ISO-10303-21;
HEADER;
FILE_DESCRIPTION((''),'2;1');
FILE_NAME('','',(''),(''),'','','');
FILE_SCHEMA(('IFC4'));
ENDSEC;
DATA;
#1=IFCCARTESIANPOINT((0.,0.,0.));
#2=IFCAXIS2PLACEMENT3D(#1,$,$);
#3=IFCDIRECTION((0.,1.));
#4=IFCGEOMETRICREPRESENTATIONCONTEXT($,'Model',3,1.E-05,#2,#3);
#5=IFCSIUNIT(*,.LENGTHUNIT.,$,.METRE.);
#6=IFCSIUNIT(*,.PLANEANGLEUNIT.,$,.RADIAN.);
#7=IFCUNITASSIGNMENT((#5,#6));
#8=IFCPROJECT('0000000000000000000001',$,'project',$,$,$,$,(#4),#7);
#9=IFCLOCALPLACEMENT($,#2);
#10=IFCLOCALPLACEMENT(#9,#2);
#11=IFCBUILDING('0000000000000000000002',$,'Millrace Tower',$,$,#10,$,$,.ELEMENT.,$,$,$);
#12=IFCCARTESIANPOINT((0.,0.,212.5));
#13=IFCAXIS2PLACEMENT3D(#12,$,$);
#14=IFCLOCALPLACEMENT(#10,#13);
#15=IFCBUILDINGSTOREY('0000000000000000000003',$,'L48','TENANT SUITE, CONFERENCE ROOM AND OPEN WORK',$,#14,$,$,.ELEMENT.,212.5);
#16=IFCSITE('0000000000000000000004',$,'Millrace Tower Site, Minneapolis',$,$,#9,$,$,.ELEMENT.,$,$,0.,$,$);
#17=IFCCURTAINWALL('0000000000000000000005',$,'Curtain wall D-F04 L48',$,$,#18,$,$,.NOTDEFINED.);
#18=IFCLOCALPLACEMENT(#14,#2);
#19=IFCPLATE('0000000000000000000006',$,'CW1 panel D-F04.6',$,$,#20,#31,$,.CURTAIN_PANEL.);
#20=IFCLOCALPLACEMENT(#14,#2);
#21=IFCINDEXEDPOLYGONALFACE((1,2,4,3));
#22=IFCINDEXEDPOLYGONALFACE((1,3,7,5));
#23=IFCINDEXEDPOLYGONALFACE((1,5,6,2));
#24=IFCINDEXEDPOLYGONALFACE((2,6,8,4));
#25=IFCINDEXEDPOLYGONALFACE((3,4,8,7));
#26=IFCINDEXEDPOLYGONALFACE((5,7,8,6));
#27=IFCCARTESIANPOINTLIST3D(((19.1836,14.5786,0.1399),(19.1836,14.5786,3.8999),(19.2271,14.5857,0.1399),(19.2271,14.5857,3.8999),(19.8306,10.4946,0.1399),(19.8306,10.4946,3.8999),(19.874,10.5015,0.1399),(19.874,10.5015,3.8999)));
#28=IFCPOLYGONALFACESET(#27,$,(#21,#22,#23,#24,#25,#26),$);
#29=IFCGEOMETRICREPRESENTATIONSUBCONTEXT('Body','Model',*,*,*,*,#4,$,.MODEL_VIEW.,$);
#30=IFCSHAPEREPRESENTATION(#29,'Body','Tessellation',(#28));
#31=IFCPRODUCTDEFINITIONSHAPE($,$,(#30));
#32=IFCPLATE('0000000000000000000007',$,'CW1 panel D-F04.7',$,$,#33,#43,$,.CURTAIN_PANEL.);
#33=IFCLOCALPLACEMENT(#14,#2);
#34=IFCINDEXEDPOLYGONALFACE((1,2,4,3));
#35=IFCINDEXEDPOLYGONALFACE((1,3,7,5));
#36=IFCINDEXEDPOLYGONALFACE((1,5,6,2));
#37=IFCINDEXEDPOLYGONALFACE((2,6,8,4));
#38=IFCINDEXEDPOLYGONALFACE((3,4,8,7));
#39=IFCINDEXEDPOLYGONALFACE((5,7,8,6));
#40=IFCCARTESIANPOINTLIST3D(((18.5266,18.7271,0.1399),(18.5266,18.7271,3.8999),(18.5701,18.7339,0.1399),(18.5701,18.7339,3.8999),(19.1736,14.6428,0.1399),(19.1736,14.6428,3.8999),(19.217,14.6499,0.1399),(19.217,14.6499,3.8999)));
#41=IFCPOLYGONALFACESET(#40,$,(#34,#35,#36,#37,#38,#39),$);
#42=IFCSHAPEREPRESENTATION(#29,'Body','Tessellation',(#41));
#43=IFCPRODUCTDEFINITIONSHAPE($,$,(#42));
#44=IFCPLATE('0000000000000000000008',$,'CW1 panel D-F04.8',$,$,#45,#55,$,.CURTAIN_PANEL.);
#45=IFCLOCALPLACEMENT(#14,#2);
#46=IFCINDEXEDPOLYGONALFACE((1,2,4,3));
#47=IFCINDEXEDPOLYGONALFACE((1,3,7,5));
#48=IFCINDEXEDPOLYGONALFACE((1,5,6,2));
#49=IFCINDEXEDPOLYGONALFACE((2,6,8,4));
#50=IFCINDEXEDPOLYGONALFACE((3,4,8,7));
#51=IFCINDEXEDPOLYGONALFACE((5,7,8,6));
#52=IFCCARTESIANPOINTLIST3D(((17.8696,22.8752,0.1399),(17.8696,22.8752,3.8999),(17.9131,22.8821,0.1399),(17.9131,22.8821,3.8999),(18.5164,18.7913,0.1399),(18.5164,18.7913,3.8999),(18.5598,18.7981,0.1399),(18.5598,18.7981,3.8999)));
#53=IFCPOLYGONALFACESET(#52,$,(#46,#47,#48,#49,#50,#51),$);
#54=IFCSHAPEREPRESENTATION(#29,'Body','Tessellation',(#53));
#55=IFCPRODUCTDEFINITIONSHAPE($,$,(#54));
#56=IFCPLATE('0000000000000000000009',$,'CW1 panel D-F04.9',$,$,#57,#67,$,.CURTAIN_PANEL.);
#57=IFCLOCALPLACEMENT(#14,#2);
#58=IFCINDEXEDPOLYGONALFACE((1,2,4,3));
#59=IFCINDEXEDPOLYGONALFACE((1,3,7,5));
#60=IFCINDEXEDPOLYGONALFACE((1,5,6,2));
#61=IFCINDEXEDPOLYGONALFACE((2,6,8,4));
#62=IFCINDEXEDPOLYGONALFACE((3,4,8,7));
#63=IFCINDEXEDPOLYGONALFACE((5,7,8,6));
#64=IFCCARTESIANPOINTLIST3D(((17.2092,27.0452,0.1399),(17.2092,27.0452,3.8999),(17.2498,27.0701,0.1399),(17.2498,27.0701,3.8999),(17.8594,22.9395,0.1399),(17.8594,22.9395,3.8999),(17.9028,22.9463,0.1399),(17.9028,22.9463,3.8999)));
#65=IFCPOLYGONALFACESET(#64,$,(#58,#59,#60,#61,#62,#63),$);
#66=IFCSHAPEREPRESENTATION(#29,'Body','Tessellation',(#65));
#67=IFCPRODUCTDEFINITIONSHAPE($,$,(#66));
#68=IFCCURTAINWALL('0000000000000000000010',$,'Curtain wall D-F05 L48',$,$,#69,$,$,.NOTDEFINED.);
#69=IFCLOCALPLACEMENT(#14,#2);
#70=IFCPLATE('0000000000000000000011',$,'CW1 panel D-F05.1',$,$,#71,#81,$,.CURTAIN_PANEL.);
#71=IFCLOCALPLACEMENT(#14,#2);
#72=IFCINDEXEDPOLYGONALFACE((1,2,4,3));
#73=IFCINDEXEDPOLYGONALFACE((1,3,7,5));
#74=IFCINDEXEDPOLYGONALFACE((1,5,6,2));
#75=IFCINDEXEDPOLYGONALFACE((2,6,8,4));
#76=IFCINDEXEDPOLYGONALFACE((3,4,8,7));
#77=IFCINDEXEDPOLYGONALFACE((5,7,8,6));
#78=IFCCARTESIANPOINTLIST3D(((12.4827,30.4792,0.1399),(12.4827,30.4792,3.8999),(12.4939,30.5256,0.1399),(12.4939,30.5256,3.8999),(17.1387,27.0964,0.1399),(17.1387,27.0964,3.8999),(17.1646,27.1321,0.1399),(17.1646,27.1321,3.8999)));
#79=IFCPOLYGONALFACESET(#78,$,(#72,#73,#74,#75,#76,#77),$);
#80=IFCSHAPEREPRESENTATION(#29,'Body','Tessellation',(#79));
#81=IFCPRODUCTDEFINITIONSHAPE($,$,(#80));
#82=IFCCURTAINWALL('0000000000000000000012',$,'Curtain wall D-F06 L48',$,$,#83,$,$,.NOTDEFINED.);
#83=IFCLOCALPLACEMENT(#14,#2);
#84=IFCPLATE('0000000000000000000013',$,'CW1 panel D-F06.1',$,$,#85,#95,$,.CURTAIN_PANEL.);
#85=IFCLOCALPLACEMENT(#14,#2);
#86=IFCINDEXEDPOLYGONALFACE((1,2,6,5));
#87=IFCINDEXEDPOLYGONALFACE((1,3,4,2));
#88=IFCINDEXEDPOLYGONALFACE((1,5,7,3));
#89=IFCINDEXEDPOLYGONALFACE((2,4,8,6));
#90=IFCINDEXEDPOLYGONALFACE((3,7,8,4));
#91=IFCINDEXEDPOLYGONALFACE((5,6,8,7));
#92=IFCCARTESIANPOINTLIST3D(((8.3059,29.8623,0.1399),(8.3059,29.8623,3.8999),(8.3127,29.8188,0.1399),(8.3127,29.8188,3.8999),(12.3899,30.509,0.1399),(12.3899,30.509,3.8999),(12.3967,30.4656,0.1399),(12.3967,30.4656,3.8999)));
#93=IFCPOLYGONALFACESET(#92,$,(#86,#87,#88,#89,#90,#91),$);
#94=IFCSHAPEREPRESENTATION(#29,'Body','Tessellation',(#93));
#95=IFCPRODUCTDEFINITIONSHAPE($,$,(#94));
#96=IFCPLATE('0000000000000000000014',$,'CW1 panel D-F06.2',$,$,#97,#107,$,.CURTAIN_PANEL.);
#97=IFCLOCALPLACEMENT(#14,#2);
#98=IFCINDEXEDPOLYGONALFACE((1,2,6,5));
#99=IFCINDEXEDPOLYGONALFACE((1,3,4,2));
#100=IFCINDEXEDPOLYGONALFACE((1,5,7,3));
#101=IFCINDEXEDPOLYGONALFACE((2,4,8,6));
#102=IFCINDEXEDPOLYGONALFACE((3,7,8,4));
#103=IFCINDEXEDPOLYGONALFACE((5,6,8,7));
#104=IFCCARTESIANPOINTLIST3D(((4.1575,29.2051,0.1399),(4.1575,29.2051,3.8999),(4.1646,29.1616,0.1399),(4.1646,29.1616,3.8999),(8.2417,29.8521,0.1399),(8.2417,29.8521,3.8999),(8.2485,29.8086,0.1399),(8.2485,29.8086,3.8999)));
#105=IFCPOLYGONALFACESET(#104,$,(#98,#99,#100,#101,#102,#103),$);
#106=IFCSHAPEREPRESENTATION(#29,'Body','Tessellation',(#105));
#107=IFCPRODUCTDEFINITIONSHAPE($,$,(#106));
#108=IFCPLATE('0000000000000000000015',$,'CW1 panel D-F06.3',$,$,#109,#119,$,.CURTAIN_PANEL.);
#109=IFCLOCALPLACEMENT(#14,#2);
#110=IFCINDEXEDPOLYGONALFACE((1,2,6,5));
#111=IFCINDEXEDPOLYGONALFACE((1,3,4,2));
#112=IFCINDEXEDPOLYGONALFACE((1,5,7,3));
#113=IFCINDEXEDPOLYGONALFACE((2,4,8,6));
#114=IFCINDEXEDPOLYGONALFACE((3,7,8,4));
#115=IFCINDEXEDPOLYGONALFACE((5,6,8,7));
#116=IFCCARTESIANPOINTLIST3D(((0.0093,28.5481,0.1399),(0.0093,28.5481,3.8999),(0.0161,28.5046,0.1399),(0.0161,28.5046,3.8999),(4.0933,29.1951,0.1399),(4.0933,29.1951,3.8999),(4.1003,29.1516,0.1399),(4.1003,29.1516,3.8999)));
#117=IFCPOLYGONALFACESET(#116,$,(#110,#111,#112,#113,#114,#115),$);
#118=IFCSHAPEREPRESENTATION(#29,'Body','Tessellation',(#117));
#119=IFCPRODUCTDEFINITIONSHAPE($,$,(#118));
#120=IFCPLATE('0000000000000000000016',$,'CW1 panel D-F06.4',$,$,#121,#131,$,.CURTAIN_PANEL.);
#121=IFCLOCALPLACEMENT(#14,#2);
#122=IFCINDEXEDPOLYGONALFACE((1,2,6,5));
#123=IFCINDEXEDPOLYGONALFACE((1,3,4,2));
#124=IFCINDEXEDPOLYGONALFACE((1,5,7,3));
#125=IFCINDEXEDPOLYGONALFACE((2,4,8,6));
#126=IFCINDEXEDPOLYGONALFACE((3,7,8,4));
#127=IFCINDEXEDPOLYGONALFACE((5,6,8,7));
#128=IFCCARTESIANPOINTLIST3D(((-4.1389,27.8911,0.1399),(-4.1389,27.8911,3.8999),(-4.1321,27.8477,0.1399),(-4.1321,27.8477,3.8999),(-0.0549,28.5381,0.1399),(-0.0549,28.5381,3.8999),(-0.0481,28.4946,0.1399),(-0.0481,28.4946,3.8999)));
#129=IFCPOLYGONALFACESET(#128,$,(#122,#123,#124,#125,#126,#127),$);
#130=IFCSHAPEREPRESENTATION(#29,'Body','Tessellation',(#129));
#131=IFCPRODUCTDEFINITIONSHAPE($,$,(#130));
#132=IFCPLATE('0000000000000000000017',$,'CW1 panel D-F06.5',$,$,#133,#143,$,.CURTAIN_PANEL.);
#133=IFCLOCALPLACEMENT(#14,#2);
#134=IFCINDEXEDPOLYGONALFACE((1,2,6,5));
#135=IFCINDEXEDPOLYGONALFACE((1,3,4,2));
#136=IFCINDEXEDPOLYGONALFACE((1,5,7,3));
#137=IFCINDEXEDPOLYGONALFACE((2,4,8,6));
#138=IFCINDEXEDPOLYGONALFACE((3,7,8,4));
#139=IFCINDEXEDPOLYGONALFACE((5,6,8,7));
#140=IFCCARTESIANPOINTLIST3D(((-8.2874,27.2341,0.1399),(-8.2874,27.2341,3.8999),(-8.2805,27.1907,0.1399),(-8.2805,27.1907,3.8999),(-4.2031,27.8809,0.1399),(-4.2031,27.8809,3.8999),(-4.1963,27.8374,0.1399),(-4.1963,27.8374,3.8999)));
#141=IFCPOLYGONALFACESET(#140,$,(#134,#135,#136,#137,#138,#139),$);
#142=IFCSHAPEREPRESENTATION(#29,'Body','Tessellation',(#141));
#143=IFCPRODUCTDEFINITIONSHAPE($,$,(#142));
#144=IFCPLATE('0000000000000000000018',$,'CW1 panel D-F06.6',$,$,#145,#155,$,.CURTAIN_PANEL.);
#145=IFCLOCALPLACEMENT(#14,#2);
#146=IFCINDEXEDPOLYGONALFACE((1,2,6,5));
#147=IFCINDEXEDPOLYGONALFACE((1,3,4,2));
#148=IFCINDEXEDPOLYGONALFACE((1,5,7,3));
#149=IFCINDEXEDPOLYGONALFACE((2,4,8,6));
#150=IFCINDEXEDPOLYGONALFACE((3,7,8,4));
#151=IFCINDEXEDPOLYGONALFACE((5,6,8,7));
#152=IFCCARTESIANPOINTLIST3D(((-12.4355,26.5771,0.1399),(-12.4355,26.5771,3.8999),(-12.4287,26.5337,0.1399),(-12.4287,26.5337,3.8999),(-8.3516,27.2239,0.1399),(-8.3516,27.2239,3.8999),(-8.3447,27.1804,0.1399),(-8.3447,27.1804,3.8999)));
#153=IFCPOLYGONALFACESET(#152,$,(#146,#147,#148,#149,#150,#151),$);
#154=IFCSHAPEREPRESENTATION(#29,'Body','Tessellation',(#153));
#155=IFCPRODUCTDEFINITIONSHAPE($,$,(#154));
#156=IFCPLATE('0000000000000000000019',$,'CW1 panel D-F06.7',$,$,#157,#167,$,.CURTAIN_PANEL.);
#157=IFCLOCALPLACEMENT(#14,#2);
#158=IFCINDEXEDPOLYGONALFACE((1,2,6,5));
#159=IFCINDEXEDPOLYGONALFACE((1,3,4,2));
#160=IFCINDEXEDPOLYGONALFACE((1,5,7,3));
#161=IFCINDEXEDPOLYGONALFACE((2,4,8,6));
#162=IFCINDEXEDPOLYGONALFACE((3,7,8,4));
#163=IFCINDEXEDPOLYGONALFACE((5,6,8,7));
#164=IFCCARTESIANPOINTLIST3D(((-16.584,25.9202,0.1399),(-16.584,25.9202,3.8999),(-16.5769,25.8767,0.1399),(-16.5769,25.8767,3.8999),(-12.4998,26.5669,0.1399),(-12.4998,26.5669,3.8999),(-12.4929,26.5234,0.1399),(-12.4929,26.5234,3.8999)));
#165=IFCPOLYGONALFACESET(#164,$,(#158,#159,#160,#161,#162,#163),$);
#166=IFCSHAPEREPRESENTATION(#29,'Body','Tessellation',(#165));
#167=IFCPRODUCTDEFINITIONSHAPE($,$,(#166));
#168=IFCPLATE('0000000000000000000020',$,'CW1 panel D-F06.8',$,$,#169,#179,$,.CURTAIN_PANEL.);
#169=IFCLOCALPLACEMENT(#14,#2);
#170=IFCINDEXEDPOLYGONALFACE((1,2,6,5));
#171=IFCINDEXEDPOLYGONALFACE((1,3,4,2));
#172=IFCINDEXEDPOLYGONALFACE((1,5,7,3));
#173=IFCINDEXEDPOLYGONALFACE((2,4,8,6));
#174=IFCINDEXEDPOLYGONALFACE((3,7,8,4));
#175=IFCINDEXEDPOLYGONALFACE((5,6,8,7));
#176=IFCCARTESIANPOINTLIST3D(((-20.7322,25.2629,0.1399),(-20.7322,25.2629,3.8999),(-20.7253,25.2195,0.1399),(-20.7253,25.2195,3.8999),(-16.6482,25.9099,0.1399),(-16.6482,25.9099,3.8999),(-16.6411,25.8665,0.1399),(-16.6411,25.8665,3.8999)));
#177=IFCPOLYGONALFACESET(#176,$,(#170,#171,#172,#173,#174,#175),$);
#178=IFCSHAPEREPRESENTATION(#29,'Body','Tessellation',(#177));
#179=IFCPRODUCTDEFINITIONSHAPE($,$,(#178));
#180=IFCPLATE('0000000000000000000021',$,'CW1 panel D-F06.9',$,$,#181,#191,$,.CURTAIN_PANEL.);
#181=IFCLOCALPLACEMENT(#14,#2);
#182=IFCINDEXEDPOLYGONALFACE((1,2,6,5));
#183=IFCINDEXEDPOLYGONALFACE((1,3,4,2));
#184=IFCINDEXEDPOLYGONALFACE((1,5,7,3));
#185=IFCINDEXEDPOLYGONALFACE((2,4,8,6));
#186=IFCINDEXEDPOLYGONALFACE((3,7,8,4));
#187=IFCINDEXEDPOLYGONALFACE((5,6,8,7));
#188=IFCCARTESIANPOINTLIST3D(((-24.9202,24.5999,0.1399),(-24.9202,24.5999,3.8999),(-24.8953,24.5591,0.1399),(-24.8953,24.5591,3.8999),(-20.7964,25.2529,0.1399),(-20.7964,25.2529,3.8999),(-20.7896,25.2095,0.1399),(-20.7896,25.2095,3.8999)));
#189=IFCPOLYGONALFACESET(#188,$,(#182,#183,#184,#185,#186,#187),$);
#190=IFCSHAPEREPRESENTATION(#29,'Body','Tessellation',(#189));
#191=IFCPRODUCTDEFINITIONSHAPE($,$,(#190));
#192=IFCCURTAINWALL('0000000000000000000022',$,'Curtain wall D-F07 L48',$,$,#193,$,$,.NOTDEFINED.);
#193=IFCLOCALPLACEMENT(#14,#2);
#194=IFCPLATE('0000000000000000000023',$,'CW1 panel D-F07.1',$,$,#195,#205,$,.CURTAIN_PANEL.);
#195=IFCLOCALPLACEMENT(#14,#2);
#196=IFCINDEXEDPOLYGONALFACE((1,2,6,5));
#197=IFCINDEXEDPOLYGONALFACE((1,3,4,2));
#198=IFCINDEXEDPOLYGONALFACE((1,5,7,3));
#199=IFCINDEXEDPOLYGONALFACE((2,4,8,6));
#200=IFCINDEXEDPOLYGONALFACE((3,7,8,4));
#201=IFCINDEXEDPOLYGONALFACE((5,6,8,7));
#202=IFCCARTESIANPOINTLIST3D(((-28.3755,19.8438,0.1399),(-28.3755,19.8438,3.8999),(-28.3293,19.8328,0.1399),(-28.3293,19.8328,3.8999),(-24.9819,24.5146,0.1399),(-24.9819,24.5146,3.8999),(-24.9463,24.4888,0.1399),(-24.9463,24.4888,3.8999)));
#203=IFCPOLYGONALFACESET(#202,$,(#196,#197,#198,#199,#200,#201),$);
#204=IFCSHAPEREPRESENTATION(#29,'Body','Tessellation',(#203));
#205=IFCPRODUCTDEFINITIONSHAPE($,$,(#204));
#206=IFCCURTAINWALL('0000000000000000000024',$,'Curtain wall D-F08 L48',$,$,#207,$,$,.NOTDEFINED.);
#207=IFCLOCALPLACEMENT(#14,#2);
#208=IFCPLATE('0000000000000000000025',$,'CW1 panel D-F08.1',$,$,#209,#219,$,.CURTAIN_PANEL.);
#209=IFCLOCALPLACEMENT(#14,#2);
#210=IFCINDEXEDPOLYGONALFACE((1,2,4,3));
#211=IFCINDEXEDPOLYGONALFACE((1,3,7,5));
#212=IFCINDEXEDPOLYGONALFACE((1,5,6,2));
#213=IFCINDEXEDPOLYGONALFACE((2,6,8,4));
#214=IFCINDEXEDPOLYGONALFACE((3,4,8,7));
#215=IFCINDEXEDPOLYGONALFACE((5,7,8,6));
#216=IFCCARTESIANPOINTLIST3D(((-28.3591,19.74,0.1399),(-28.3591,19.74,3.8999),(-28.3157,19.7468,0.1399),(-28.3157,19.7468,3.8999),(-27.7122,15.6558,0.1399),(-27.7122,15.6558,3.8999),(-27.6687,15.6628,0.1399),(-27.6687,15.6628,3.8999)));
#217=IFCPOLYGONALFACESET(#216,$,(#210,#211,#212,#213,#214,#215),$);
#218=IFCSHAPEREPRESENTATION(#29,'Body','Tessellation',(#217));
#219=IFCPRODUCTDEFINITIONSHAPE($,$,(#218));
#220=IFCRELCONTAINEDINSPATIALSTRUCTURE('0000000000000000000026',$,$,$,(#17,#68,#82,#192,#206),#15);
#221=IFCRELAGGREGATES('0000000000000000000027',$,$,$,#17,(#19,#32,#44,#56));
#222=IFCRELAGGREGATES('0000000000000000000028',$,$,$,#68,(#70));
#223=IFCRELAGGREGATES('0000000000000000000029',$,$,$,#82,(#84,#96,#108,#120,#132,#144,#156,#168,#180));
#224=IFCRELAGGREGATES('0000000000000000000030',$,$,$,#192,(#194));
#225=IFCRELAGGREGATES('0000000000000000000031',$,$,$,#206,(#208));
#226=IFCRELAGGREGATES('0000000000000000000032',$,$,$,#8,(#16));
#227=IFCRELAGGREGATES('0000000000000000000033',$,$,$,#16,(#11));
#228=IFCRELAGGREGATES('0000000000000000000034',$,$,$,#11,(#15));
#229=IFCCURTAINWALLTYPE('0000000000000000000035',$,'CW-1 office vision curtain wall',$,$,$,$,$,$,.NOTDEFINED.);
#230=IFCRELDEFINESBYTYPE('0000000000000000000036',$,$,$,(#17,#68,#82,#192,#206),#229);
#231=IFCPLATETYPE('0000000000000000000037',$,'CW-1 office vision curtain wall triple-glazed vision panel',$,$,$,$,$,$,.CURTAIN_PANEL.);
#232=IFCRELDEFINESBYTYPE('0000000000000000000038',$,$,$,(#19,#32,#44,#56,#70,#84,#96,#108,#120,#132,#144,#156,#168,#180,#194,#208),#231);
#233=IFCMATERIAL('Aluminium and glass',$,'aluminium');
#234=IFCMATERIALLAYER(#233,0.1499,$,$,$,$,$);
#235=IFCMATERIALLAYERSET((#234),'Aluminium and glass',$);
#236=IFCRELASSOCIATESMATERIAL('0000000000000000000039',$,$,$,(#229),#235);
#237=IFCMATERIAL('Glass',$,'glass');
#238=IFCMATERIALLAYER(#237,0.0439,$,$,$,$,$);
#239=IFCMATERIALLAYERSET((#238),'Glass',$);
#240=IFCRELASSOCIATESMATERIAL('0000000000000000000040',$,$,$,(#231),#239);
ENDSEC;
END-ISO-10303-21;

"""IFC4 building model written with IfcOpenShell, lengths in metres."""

from ifc_helpers import new_model, si_unit, direction, frame, origin, place, context, subcontext, project, spatial, polyline, outline, extrude, material, layer, layer_set, type_object, element, aggregate, save


model = new_model("IFC4")

# Units and contexts
model_context = context("Model", 3, precision=1e-05, world=origin(), true_north=direction((0.0, 1.0)))
body_context = subcontext(model_context, "Body", "Model", "MODEL_VIEW")
ifc_project = project(units=[si_unit("LENGTHUNIT", "METRE"), si_unit("PLANEANGLEUNIT", "RADIAN")], contexts=[model_context])

# Site, building, storey
site_placement = place(None, origin())
site = spatial("IfcSite", under=ifc_project, at=site_placement, Name="Millrace Tower Site, Minneapolis", CompositionType="ELEMENT", RefElevation=0.0)
building_placement = place(site_placement, origin())
building = spatial("IfcBuilding", under=site, at=building_placement, Name="Millrace Tower", CompositionType="ELEMENT")
storey_placement = place(building_placement, frame((0.0, 0.0, 212.5)))
storey = spatial("IfcBuildingStorey", under=building, at=storey_placement, Name="L48", Description="TENANT SUITE, CONFERENCE ROOM AND OPEN WORK", CompositionType="ELEMENT", Elevation=212.5)

# Curtain wall, plates
ifc_material_1 = material(Name="Aluminium and glass", Category="aluminium")
ifc_layer_1 = layer(ifc_material_1, 0.1499)
ifc_layer_set_1 = layer_set([ifc_layer_1], Name="Aluminium and glass")
curtain_wall_type = type_object("IfcCurtainWallType", Name="CW-1 office vision curtain wall", PredefinedType="NOTDEFINED", material=ifc_layer_set_1)
placement_1 = place(storey_placement, origin())
curtain_wall_1 = element("IfcCurtainWall", 1, at=placement_1, inside=storey, type_object=curtain_wall_type, Name="Curtain wall D-F04 L48", PredefinedType="NOTDEFINED")
ifc_material_2 = material(Name="Glass", Category="glass")
ifc_layer_2 = layer(ifc_material_2, 0.0439)
ifc_layer_set_2 = layer_set([ifc_layer_2], Name="Glass")
plate_type = type_object("IfcPlateType", Name="CW-1 office vision curtain wall triple-glazed vision panel", PredefinedType="CURTAIN_PANEL", material=ifc_layer_set_2)
placement_2 = place(storey_placement, frame((0.0, 0.0, 0.1399)))
plate_1 = element("IfcPlate", 2, at=placement_2, type_object=plate_type, Name="CW1 panel D-F04.6", PredefinedType="CURTAIN_PANEL", context=body_context, shape_type="SweptSolid", body=[
    extrude(outline(polyline([(19.874, 10.5015), (19.2271, 14.5857), (19.1836, 14.5786), (19.8306, 10.4946), (19.874, 10.5015)])), origin(), (0.0, 0.0, 1.0), 3.76),
])
plate_2 = element("IfcPlate", 3, at=placement_2, type_object=plate_type, Name="CW1 panel D-F04.7", PredefinedType="CURTAIN_PANEL", context=body_context, shape_type="SweptSolid", body=[
    extrude(outline(polyline([(19.217, 14.6499), (18.5701, 18.7339), (18.5266, 18.7271), (19.1736, 14.6428), (19.217, 14.6499)])), origin(), (0.0, 0.0, 1.0), 3.76),
])
plate_3 = element("IfcPlate", 4, at=placement_2, type_object=plate_type, Name="CW1 panel D-F04.8", PredefinedType="CURTAIN_PANEL", context=body_context, shape_type="SweptSolid", body=[
    extrude(outline(polyline([(18.5598, 18.7981), (17.9131, 22.8821), (17.8696, 22.8752), (18.5164, 18.7913), (18.5598, 18.7981)])), origin(), (0.0, 0.0, 1.0), 3.76),
])
plate_4 = element("IfcPlate", 5, at=placement_2, type_object=plate_type, Name="CW1 panel D-F04.9", PredefinedType="CURTAIN_PANEL", context=body_context, shape_type="SweptSolid", body=[
    extrude(outline(polyline([(17.9028, 22.9463), (17.2498, 27.0701), (17.2092, 27.0452), (17.8594, 22.9395), (17.9028, 22.9463)])), origin(), (0.0, 0.0, 1.0), 3.76),
])
aggregate(curtain_wall_1, [plate_1, plate_2, plate_3, plate_4])

# Curtain wall, plate
curtain_wall_2 = element("IfcCurtainWall", 6, at=placement_1, inside=storey, type_object=curtain_wall_type, Name="Curtain wall D-F05 L48", PredefinedType="NOTDEFINED")
plate_5 = element("IfcPlate", 7, at=placement_2, type_object=plate_type, Name="CW1 panel D-F05.1", PredefinedType="CURTAIN_PANEL", context=body_context, shape_type="SweptSolid", body=[
    extrude(outline(polyline([(17.1646, 27.1321), (12.4939, 30.5256), (12.4827, 30.4792), (17.1387, 27.0964), (17.1646, 27.1321)])), origin(), (0.0, 0.0, 1.0), 3.76),
])
aggregate(curtain_wall_2, [plate_5])

# Curtain wall, plates
curtain_wall_3 = element("IfcCurtainWall", 8, at=placement_1, inside=storey, type_object=curtain_wall_type, Name="Curtain wall D-F06 L48", PredefinedType="NOTDEFINED")
plate_6 = element("IfcPlate", 9, at=placement_2, type_object=plate_type, Name="CW1 panel D-F06.1", PredefinedType="CURTAIN_PANEL", context=body_context, shape_type="SweptSolid", body=[
    extrude(outline(polyline([(12.3899, 30.509), (8.3059, 29.8623), (8.3127, 29.8188), (12.3967, 30.4656), (12.3899, 30.509)])), origin(), (0.0, 0.0, 1.0), 3.76),
])
plate_7 = element("IfcPlate", 10, at=placement_2, type_object=plate_type, Name="CW1 panel D-F06.2", PredefinedType="CURTAIN_PANEL", context=body_context, shape_type="SweptSolid", body=[
    extrude(outline(polyline([(8.2417, 29.8521), (4.1575, 29.2051), (4.1646, 29.1616), (8.2485, 29.8086), (8.2417, 29.8521)])), origin(), (0.0, 0.0, 1.0), 3.76),
])
plate_8 = element("IfcPlate", 11, at=placement_2, type_object=plate_type, Name="CW1 panel D-F06.3", PredefinedType="CURTAIN_PANEL", context=body_context, shape_type="SweptSolid", body=[
    extrude(outline(polyline([(4.0933, 29.1951), (0.0093, 28.5481), (0.0161, 28.5046), (4.1003, 29.1516), (4.0933, 29.1951)])), origin(), (0.0, 0.0, 1.0), 3.76),
])
plate_9 = element("IfcPlate", 12, at=placement_2, type_object=plate_type, Name="CW1 panel D-F06.4", PredefinedType="CURTAIN_PANEL", context=body_context, shape_type="SweptSolid", body=[
    extrude(outline(polyline([(-0.0549, 28.5381), (-4.1389, 27.8911), (-4.1321, 27.8477), (-0.0481, 28.4946), (-0.0549, 28.5381)])), origin(), (0.0, 0.0, 1.0), 3.76),
])
plate_10 = element("IfcPlate", 13, at=placement_2, type_object=plate_type, Name="CW1 panel D-F06.5", PredefinedType="CURTAIN_PANEL", context=body_context, shape_type="SweptSolid", body=[
    extrude(outline(polyline([(-4.2031, 27.8809), (-8.2874, 27.2341), (-8.2805, 27.1907), (-4.1963, 27.8374), (-4.2031, 27.8809)])), origin(), (0.0, 0.0, 1.0), 3.76),
])
plate_11 = element("IfcPlate", 14, at=placement_2, type_object=plate_type, Name="CW1 panel D-F06.6", PredefinedType="CURTAIN_PANEL", context=body_context, shape_type="SweptSolid", body=[
    extrude(outline(polyline([(-8.3516, 27.2239), (-12.4355, 26.5771), (-12.4287, 26.5337), (-8.3447, 27.1804), (-8.3516, 27.2239)])), origin(), (0.0, 0.0, 1.0), 3.76),
])
plate_12 = element("IfcPlate", 15, at=placement_2, type_object=plate_type, Name="CW1 panel D-F06.7", PredefinedType="CURTAIN_PANEL", context=body_context, shape_type="SweptSolid", body=[
    extrude(outline(polyline([(-12.4998, 26.5669), (-16.584, 25.9202), (-16.5769, 25.8767), (-12.4929, 26.5234), (-12.4998, 26.5669)])), origin(), (0.0, 0.0, 1.0), 3.76),
])
plate_13 = element("IfcPlate", 16, at=placement_2, type_object=plate_type, Name="CW1 panel D-F06.8", PredefinedType="CURTAIN_PANEL", context=body_context, shape_type="SweptSolid", body=[
    extrude(outline(polyline([(-16.6482, 25.9099), (-20.7322, 25.2629), (-20.7253, 25.2195), (-16.6411, 25.8665), (-16.6482, 25.9099)])), origin(), (0.0, 0.0, 1.0), 3.76),
])
plate_14 = element("IfcPlate", 17, at=placement_2, type_object=plate_type, Name="CW1 panel D-F06.9", PredefinedType="CURTAIN_PANEL", context=body_context, shape_type="SweptSolid", body=[
    extrude(outline(polyline([(-20.7964, 25.2529), (-24.9202, 24.5999), (-24.8953, 24.5591), (-20.7896, 25.2095), (-20.7964, 25.2529)])), origin(), (0.0, 0.0, 1.0), 3.76),
])
aggregate(curtain_wall_3, [plate_6, plate_7, plate_8, plate_9, plate_10, plate_11, plate_12, plate_13, plate_14])

# Curtain wall, plate
curtain_wall_4 = element("IfcCurtainWall", 18, at=placement_1, inside=storey, type_object=curtain_wall_type, Name="Curtain wall D-F07 L48", PredefinedType="NOTDEFINED")
plate_15 = element("IfcPlate", 19, at=placement_2, type_object=plate_type, Name="CW1 panel D-F07.1", PredefinedType="CURTAIN_PANEL", context=body_context, shape_type="SweptSolid", body=[
    extrude(outline(polyline([(-24.9819, 24.5146), (-28.3755, 19.8438), (-28.3293, 19.8328), (-24.9463, 24.4888), (-24.9819, 24.5146)])), origin(), (0.0, 0.0, 1.0), 3.76),
])
aggregate(curtain_wall_4, [plate_15])

# Curtain wall, plate
curtain_wall_5 = element("IfcCurtainWall", 20, at=placement_1, inside=storey, type_object=curtain_wall_type, Name="Curtain wall D-F08 L48", PredefinedType="NOTDEFINED")
plate_16 = element("IfcPlate", 21, at=placement_2, type_object=plate_type, Name="CW1 panel D-F08.1", PredefinedType="CURTAIN_PANEL", context=body_context, shape_type="SweptSolid", body=[
    extrude(outline(polyline([(-28.3591, 19.74), (-27.7122, 15.6558), (-27.6687, 15.6628), (-28.3157, 19.7468), (-28.3591, 19.74)])), origin(), (0.0, 0.0, 1.0), 3.76),
])
aggregate(curtain_wall_5, [plate_16])

save(model, "model.ifc")
